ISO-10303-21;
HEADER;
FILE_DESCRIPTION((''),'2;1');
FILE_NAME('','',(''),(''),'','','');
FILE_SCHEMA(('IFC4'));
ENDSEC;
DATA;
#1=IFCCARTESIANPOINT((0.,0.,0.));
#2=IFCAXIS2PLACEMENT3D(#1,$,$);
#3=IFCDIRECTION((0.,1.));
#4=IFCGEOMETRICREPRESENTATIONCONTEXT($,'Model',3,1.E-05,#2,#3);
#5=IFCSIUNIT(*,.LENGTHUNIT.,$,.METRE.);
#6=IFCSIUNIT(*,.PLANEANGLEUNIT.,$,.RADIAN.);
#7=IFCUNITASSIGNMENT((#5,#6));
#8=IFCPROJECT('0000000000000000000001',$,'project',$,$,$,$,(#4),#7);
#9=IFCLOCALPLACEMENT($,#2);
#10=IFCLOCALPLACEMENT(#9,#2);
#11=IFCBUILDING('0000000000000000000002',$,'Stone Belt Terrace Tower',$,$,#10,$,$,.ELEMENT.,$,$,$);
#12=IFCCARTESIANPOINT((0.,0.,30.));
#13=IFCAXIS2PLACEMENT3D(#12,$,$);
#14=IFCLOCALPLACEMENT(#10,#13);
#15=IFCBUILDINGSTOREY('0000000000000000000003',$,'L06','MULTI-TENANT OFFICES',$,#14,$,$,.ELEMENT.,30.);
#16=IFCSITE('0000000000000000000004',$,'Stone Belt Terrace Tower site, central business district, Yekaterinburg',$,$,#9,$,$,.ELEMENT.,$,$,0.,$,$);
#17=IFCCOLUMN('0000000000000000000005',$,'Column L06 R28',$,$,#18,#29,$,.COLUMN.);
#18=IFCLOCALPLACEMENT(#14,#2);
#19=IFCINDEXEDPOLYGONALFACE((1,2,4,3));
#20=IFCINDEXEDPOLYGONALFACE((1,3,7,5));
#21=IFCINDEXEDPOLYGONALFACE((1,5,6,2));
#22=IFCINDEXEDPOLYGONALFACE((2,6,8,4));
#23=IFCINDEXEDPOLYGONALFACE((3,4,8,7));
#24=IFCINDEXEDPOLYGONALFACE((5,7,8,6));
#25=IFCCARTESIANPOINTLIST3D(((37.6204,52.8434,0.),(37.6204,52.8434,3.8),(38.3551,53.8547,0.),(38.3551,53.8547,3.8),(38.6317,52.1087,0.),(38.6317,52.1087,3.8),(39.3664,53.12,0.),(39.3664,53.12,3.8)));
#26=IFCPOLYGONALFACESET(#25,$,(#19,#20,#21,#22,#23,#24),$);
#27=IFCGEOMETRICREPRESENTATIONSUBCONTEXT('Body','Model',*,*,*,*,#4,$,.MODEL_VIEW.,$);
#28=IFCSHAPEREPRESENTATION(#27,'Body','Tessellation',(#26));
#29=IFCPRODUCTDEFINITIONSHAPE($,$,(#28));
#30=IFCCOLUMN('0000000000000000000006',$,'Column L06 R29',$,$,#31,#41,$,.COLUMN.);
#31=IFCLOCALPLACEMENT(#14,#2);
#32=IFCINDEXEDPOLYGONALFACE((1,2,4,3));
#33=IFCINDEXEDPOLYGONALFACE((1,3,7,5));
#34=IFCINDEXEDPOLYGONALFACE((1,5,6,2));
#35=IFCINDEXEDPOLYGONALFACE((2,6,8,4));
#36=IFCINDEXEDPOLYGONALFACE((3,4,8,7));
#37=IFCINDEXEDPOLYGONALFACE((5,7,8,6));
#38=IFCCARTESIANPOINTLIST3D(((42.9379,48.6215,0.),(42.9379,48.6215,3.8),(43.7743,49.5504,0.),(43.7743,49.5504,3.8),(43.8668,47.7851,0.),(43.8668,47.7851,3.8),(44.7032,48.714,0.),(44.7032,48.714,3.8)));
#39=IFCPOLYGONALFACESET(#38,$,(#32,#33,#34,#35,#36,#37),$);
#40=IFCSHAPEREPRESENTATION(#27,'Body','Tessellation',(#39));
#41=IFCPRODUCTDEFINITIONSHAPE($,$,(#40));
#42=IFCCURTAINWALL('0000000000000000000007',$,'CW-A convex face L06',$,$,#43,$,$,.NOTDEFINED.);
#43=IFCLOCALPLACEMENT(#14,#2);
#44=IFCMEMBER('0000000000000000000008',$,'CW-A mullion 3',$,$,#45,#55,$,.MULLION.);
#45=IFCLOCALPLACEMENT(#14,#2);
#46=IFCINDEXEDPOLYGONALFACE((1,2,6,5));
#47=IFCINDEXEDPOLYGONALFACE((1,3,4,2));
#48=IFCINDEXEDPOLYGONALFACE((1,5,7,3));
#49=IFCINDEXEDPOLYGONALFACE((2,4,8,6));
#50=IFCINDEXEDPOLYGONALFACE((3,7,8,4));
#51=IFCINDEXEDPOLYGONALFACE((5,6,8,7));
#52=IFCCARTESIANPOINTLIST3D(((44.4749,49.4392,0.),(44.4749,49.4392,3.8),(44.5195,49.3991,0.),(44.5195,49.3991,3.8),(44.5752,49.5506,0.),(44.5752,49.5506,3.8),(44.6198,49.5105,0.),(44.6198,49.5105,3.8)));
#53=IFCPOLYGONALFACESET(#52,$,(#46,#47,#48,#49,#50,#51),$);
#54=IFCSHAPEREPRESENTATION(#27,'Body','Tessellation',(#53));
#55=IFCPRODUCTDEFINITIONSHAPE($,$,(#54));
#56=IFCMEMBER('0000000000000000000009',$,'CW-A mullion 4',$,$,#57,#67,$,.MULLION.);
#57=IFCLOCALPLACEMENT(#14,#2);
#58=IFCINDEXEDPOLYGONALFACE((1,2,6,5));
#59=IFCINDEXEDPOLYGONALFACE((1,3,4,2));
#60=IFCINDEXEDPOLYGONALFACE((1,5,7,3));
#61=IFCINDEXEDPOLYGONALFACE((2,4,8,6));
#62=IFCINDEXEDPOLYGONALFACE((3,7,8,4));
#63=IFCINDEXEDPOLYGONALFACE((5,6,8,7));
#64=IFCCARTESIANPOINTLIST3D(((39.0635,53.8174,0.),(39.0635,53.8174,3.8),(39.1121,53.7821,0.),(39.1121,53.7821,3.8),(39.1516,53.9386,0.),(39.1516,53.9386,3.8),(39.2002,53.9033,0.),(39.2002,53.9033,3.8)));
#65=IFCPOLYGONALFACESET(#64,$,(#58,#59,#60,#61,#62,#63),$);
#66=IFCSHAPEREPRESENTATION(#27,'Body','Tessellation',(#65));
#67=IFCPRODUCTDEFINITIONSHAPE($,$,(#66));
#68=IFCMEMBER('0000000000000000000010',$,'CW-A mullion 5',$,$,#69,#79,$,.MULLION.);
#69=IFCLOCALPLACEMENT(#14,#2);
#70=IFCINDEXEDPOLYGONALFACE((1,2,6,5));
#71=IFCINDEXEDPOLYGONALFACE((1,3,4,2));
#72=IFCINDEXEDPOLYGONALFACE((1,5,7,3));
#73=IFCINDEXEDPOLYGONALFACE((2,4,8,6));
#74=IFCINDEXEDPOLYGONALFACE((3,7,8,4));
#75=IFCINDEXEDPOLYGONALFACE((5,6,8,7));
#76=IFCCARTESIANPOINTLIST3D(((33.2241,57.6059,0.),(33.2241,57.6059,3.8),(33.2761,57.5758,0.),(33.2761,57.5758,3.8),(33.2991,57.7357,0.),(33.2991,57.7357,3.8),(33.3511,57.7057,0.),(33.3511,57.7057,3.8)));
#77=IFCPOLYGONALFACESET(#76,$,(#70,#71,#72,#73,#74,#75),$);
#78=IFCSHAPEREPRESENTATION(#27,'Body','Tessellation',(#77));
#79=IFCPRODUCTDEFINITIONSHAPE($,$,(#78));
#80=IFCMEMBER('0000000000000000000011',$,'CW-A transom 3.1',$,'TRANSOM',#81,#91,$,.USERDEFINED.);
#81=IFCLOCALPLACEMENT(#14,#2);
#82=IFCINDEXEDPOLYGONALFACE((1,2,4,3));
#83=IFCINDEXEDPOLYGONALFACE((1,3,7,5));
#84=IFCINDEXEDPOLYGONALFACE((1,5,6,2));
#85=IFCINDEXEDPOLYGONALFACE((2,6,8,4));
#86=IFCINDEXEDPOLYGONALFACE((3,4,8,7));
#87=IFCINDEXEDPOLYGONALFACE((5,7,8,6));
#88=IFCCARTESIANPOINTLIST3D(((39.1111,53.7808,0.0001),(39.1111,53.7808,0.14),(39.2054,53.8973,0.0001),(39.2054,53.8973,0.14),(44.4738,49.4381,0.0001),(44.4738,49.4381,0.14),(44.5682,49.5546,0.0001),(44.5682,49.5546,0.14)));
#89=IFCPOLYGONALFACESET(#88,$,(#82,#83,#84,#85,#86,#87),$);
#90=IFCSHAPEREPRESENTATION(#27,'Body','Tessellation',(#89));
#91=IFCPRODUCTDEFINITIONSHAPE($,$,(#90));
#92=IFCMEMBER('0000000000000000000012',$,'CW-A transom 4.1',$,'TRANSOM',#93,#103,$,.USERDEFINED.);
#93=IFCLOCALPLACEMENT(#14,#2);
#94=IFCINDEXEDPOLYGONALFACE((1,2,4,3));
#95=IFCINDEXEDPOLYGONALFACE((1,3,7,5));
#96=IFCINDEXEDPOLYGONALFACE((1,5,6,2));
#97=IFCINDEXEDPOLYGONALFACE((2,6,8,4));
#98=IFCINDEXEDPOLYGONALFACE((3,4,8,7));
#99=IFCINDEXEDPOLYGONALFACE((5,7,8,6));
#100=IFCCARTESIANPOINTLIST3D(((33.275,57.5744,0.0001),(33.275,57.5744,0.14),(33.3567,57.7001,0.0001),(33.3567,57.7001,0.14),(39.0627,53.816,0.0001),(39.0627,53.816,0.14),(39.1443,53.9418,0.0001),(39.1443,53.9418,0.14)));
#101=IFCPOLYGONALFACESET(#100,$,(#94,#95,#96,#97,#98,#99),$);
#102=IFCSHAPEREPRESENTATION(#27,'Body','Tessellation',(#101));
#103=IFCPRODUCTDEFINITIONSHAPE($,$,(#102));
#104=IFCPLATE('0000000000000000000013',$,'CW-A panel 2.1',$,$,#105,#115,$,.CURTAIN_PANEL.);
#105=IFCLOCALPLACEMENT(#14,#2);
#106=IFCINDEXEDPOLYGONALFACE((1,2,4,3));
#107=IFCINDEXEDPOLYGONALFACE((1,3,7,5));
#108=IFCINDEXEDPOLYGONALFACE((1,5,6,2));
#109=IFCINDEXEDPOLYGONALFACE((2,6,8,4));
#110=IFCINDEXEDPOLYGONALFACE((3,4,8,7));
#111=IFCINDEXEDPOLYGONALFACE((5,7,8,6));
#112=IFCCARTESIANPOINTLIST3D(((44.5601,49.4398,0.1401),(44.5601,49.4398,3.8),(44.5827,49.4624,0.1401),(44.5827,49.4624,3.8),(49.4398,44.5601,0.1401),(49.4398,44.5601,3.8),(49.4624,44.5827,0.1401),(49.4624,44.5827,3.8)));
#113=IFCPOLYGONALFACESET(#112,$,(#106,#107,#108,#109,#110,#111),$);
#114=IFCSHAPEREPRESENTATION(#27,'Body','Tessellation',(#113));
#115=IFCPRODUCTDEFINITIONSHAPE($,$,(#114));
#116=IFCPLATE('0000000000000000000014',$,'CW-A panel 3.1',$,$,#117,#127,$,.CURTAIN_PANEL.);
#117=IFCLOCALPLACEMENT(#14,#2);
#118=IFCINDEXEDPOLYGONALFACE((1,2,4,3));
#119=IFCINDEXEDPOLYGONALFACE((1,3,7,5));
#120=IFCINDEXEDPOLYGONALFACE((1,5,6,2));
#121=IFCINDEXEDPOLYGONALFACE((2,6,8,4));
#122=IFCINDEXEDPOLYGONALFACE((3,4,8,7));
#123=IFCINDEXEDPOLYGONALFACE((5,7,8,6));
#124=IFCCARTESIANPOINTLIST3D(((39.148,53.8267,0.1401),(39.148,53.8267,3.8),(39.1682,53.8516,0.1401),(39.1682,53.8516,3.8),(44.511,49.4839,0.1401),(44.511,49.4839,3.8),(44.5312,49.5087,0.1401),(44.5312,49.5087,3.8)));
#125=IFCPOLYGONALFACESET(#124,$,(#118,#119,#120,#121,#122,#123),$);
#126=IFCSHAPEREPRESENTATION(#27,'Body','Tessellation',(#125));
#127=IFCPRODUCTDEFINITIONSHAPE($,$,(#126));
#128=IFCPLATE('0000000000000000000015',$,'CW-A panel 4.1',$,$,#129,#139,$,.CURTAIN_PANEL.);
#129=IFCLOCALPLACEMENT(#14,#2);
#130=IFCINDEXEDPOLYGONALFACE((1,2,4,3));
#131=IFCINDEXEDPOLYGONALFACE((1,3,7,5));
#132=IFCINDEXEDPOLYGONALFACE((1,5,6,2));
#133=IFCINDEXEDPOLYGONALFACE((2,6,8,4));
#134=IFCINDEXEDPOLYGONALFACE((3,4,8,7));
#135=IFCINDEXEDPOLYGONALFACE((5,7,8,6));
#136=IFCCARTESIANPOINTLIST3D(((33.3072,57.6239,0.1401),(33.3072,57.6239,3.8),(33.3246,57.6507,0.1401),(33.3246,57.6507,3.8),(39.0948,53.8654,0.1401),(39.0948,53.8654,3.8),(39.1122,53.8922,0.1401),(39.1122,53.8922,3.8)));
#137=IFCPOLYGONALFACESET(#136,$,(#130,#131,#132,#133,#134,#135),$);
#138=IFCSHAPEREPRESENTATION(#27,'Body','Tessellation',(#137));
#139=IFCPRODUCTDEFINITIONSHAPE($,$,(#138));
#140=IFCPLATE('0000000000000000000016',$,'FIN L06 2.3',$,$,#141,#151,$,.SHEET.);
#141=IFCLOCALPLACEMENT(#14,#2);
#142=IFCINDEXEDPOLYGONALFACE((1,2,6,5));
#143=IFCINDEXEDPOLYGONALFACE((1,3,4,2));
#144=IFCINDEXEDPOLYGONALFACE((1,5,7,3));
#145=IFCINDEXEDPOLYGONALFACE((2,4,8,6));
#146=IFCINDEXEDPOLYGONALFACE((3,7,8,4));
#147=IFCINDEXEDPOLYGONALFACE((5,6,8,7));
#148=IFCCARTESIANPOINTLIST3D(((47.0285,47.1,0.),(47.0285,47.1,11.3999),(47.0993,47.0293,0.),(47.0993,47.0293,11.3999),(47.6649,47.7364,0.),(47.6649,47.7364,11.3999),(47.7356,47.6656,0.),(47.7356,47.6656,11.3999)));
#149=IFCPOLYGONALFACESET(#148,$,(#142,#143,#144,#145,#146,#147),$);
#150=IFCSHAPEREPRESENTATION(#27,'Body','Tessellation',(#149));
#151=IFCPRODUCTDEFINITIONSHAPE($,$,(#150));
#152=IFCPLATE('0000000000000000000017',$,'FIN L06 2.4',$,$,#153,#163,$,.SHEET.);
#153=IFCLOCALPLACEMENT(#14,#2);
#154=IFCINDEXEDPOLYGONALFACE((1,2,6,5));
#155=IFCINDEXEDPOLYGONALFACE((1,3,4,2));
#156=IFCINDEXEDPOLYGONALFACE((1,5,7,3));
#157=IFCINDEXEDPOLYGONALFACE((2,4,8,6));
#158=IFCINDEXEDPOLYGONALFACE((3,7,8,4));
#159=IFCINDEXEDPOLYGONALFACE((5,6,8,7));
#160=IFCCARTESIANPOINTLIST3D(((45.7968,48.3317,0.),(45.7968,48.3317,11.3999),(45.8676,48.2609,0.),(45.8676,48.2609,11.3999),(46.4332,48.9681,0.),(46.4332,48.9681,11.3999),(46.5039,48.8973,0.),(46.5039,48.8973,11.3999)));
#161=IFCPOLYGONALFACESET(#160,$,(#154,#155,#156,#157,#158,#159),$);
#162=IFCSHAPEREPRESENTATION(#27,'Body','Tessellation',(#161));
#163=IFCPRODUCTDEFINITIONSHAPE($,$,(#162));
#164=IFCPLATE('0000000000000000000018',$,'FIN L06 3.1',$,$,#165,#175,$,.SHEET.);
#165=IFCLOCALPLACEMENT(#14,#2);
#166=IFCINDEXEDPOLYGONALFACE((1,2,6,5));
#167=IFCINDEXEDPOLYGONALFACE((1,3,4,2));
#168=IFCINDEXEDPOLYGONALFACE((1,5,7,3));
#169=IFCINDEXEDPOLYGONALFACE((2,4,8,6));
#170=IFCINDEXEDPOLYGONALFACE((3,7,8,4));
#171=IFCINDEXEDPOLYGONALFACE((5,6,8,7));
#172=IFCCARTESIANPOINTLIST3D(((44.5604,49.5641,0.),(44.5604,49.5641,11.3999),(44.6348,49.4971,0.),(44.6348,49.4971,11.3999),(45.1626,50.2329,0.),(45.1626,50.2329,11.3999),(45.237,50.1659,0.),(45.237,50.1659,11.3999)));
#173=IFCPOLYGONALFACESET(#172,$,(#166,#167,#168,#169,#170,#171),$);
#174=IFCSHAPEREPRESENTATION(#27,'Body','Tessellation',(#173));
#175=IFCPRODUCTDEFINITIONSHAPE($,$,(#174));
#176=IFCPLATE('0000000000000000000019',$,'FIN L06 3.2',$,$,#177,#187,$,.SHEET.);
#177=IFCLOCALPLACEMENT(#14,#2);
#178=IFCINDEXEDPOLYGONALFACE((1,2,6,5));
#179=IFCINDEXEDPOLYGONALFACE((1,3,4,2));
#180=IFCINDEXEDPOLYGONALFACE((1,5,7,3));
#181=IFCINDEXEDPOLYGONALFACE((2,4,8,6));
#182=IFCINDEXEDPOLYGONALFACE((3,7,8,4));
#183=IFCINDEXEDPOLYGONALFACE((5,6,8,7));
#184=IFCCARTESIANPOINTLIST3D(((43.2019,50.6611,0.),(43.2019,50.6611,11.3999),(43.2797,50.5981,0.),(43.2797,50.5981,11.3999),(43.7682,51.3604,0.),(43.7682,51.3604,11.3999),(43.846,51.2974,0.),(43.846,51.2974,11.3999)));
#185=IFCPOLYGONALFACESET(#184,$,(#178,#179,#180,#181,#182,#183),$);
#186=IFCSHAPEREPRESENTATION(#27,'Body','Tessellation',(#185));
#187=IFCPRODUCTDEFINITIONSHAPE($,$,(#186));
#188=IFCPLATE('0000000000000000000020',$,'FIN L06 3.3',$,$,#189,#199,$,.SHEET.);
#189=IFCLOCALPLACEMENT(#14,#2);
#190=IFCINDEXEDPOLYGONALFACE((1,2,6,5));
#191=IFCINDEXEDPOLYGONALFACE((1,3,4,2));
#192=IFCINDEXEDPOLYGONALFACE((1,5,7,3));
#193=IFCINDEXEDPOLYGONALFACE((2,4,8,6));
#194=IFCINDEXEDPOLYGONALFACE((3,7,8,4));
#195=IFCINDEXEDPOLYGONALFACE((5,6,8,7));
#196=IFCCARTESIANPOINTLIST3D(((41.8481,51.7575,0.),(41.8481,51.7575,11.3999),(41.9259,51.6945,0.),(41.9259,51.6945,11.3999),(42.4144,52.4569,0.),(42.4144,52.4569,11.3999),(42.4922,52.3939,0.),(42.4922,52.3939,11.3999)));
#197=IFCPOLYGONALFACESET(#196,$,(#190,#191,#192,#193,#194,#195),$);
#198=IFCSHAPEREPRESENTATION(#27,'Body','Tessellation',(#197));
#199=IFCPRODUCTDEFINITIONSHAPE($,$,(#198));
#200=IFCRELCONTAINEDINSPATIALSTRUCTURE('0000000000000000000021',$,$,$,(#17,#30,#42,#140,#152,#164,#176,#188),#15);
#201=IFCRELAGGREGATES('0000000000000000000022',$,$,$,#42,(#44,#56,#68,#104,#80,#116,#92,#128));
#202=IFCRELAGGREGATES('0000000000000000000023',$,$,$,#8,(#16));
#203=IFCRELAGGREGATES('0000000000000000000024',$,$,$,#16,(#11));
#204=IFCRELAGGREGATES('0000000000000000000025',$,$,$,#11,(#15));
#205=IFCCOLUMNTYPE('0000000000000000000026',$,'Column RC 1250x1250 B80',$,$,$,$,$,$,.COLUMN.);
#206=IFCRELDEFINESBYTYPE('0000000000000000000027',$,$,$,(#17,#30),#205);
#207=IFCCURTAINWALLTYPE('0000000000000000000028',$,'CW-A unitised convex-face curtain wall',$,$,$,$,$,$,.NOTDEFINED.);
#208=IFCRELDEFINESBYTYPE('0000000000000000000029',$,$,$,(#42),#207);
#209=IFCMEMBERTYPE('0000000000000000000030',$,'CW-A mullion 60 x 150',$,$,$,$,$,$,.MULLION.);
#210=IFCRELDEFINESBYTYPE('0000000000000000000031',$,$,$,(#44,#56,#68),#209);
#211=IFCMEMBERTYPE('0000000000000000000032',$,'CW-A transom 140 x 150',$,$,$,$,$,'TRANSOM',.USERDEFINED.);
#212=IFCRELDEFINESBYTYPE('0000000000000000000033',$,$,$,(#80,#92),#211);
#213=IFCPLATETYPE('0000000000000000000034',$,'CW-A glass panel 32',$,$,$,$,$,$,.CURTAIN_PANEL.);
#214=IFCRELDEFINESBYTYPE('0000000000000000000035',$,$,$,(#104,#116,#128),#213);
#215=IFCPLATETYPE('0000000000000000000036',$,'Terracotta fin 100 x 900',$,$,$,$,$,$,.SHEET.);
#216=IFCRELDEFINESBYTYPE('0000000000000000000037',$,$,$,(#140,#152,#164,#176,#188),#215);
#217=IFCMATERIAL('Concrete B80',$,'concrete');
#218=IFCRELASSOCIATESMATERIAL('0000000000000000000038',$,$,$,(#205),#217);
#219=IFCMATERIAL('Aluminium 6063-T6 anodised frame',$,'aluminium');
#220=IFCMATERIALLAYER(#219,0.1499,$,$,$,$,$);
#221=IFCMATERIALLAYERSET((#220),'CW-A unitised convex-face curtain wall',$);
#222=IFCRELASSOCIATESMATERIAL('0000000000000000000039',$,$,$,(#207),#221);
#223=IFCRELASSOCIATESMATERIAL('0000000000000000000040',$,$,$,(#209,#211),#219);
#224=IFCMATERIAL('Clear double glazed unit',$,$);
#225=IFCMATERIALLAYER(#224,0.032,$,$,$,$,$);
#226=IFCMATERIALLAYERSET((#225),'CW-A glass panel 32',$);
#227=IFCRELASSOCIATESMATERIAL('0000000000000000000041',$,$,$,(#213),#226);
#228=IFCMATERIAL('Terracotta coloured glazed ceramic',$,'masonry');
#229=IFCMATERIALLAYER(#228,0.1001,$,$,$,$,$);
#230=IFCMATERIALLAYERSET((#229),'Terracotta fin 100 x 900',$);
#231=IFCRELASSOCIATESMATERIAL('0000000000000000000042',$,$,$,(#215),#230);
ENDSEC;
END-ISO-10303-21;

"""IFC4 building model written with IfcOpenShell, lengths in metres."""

from ifc_helpers import new_model, si_unit, direction, frame, origin, origin_2d, place, context, subcontext, project, spatial, rectangle, extrude, material, layer, layer_set, material_profile, profile_set, type_object, element, aggregate, save


model = new_model("IFC4")

# Units and contexts
model_context = context("Model", 3, precision=1e-05, world=origin(), true_north=direction((0.0, 1.0)))
body_context = subcontext(model_context, "Body", "Model", "MODEL_VIEW")
ifc_project = project(units=[si_unit("LENGTHUNIT", "METRE"), si_unit("PLANEANGLEUNIT", "RADIAN")], contexts=[model_context])

# Site, building, storey
site_placement = place(None, origin())
site = spatial("IfcSite", under=ifc_project, at=site_placement, Name="Stone Belt Terrace Tower site, central business district, Yekaterinburg", CompositionType="ELEMENT", RefElevation=0.0)
building_placement = place(site_placement, origin())
building = spatial("IfcBuilding", under=site, at=building_placement, Name="Stone Belt Terrace Tower", CompositionType="ELEMENT")
storey_placement = place(building_placement, frame((0.0, 0.0, 30.0)))
storey = spatial("IfcBuildingStorey", under=building, at=storey_placement, Name="L06", Description="MULTI-TENANT OFFICES", CompositionType="ELEMENT", Elevation=30.0)

# Columns
ifc_material_1 = material(Name="Concrete B80", Category="concrete")
ifc_material_profile_1 = material_profile(ifc_material_1, rectangle(XDim=1.25, YDim=1.25, at=origin_2d()), Name="RC 1250x1250")
ifc_profile_set_1 = profile_set([ifc_material_profile_1], Name="Concrete B80")
column_type = type_object("IfcColumnType", Name="Column RC 1250x1250 B80", PredefinedType="COLUMN", material=ifc_profile_set_1)
for number, where, z_axis, x_axis, name in (
    (1, (38.4934, 52.9817, 0.0), (0.0, 0.0, 1.0), (0.809017, -0.587785, 0.0), "Column L06 R28"),
    (2, (43.8206, 48.6677, 0.0), (0.0, 0.0, 1.0), (0.743145, -0.669131, 0.0), "Column L06 R29"),
):
    element("IfcColumn", number, at=place(storey_placement, frame(where, z_axis=z_axis, x_axis=x_axis)), inside=storey, type_object=column_type, Name=name, PredefinedType="COLUMN", context=body_context, shape_type="SweptSolid", body=[
        extrude(rectangle(XDim=1.25, YDim=1.25, at=origin_2d()), origin(), (0.0, 0.0, 1.0), 3.8),
    ])

# Curtain wall, members, plates
ifc_material_2 = material(Name="Aluminium 6063-T6 anodised frame", Category="aluminium")
ifc_layer_1 = layer(ifc_material_2, 0.1499)
ifc_layer_set_1 = layer_set([ifc_layer_1], Name="CW-A unitised convex-face curtain wall")
curtain_wall_type = type_object("IfcCurtainWallType", Name="CW-A unitised convex-face curtain wall", PredefinedType="NOTDEFINED", material=ifc_layer_set_1)
curtain_wall_placement = place(storey_placement, origin())
curtain_wall = element("IfcCurtainWall", 3, at=curtain_wall_placement, inside=storey, type_object=curtain_wall_type, Name="CW-A convex face L06", PredefinedType="NOTDEFINED")
ifc_material_profile_2 = material_profile(ifc_material_2, rectangle(XDim=0.1499, YDim=0.0601, at=origin_2d()), Name="Aluminium 6063-T6 60x150")
ifc_profile_set_2 = profile_set([ifc_material_profile_2], Name="Aluminium 6063-T6 anodised frame")
member_type_1 = type_object("IfcMemberType", Name="CW-A mullion 60 x 150", PredefinedType="MULLION", material=ifc_profile_set_2)
member_1_placement = place(storey_placement, frame((44.5474, 49.4749, 0.0), z_axis=(0.0, 0.0, 1.0), x_axis=(-0.669131, -0.743145, 0.0)))
member_1 = element("IfcMember", 4, at=member_1_placement, type_object=member_type_1, Name="CW-A mullion 3", PredefinedType="MULLION", context=body_context, shape_type="SweptSolid", body=[
    extrude(rectangle(XDim=0.1499, YDim=0.0601, at=origin_2d()), origin(), (0.0, 0.0, 1.0), 3.8),
])
member_2_placement = place(storey_placement, frame((39.1318, 53.8604, 0.0), z_axis=(0.0, 0.0, 1.0), x_axis=(-0.587785, -0.809017, 0.0)))
member_2 = element("IfcMember", 5, at=member_2_placement, type_object=member_type_1, Name="CW-A mullion 4", PredefinedType="MULLION", context=body_context, shape_type="SweptSolid", body=[
    extrude(rectangle(XDim=0.1499, YDim=0.0601, at=origin_2d()), origin(), (0.0, 0.0, 1.0), 3.8),
])
member_3_placement = place(storey_placement, frame((33.2876, 57.6558, 0.0), z_axis=(0.0, 0.0, 1.0), x_axis=(-0.5, -0.866025, 0.0)))
member_3 = element("IfcMember", 6, at=member_3_placement, type_object=member_type_1, Name="CW-A mullion 5", PredefinedType="MULLION", context=body_context, shape_type="SweptSolid", body=[
    extrude(rectangle(XDim=0.1499, YDim=0.0601, at=origin_2d()), origin(), (0.0, 0.0, 1.0), 3.8),
])
ifc_material_profile_3 = material_profile(ifc_material_2, rectangle(XDim=0.1499, YDim=0.1399, at=origin_2d()), Name="Aluminium 6063-T6 150x140")
ifc_profile_set_3 = profile_set([ifc_material_profile_3], Name="Aluminium 6063-T6 anodised frame")
member_type_2 = type_object("IfcMemberType", Name="CW-A transom 140 x 150", ElementType="TRANSOM", PredefinedType="USERDEFINED", material=ifc_profile_set_3)
member_4_placement = place(storey_placement, frame((44.521, 49.4963, 0.0701), z_axis=(-0.777141, 0.629326, 0.0), x_axis=(-0.629326, -0.777141, 0.0)))
member_4 = element("IfcMember", 7, at=member_4_placement, type_object=member_type_2, Name="CW-A transom 3.1", ObjectType="TRANSOM", PredefinedType="USERDEFINED", context=body_context, shape_type="SweptSolid", body=[
    extrude(rectangle(XDim=0.1499, YDim=0.1399, at=origin_2d()), origin(), (0.0, 0.0, 1.0), 6.9006),
])
member_5_placement = place(storey_placement, frame((39.1035, 53.8789, 0.0701), z_axis=(-0.838684, 0.544618, 0.0), x_axis=(-0.544618, -0.838684, 0.0)))
member_5 = element("IfcMember", 8, at=member_5_placement, type_object=member_type_2, Name="CW-A transom 4.1", ObjectType="TRANSOM", PredefinedType="USERDEFINED", context=body_context, shape_type="SweptSolid", body=[
    extrude(rectangle(XDim=0.1499, YDim=0.1399, at=origin_2d()), origin(), (0.0, 0.0, 1.0), 6.9009),
])
ifc_material_3 = material(Name="Clear double glazed unit")
ifc_layer_2 = layer(ifc_material_3, 0.032)
ifc_layer_set_2 = layer_set([ifc_layer_2], Name="CW-A glass panel 32")
plate_type_1 = type_object("IfcPlateType", Name="CW-A glass panel 32", PredefinedType="CURTAIN_PANEL", material=ifc_layer_set_2)
plate_1_placement = place(storey_placement, frame((47.0112, 47.0112, 0.1401), z_axis=(0.0, 0.0, 1.0), x_axis=(-0.707107, 0.707107, 0.0)))
plate_1 = element("IfcPlate", 9, at=plate_1_placement, type_object=plate_type_1, Name="CW-A panel 2.1", PredefinedType="CURTAIN_PANEL", context=body_context, shape_type="SweptSolid", body=[
    extrude(rectangle(XDim=6.9009, YDim=0.032, at=origin_2d()), origin(), (0.0, 0.0, 1.0), 3.6599),
])
plate_2_placement = place(storey_placement, frame((41.8396, 51.6677, 0.1401), z_axis=(0.0, 0.0, 1.0), x_axis=(-0.777146, 0.62932, 0.0)))
plate_2 = element("IfcPlate", 10, at=plate_2_placement, type_object=plate_type_1, Name="CW-A panel 3.1", PredefinedType="CURTAIN_PANEL", context=body_context, shape_type="SweptSolid", body=[
    extrude(rectangle(XDim=6.9009, YDim=0.032, at=origin_2d()), origin(), (0.0, 0.0, 1.0), 3.6599),
])
plate_3_placement = place(storey_placement, frame((36.2097, 55.7581, 0.1401), z_axis=(0.0, 0.0, 1.0), x_axis=(-0.838671, 0.544639, 0.0)))
plate_3 = element("IfcPlate", 11, at=plate_3_placement, type_object=plate_type_1, Name="CW-A panel 4.1", PredefinedType="CURTAIN_PANEL", context=body_context, shape_type="SweptSolid", body=[
    extrude(rectangle(XDim=6.9009, YDim=0.032, at=origin_2d()), origin(), (0.0, 0.0, 1.0), 3.6599),
])
aggregate(curtain_wall, [member_1, member_2, member_3, plate_1, member_4, plate_2, member_5, plate_3])

# Plates
ifc_material_4 = material(Name="Terracotta coloured glazed ceramic", Category="masonry")
ifc_layer_3 = layer(ifc_material_4, 0.1001)
ifc_layer_set_3 = layer_set([ifc_layer_3], Name="Terracotta fin 100 x 900")
plate_type_2 = type_object("IfcPlateType", Name="Terracotta fin 100 x 900", PredefinedType="SHEET", material=ifc_layer_set_3)
for number, where, z_axis, x_axis, name in (
    (12, (47.3821, 47.3828, 0.0), (0.0, 0.0, 1.0), (0.707107, 0.707107, 0.0), "FIN L06 2.3"),
    (13, (46.1504, 48.6145, 0.0), (0.0, 0.0, 1.0), (0.707107, 0.707107, 0.0), "FIN L06 2.4"),
    (14, (44.8987, 49.865, 0.0), (0.0, 0.0, 1.0), (0.669131, 0.743145, 0.0), "FIN L06 3.1"),
    (15, (43.5239, 50.9792, 0.0), (0.0, 0.0, 1.0), (0.62932, 0.777146, 0.0), "FIN L06 3.2"),
    (16, (42.1702, 52.0757, 0.0), (0.0, 0.0, 1.0), (0.62932, 0.777146, 0.0), "FIN L06 3.3"),
):
    element("IfcPlate", number, at=place(storey_placement, frame(where, z_axis=z_axis, x_axis=x_axis)), inside=storey, type_object=plate_type_2, Name=name, PredefinedType="SHEET", context=body_context, shape_type="SweptSolid", body=[
        extrude(rectangle(XDim=0.8999, YDim=0.1001, at=origin_2d()), origin(), (0.0, 0.0, 1.0), 11.3999),
    ])

save(model, "model.ifc")
